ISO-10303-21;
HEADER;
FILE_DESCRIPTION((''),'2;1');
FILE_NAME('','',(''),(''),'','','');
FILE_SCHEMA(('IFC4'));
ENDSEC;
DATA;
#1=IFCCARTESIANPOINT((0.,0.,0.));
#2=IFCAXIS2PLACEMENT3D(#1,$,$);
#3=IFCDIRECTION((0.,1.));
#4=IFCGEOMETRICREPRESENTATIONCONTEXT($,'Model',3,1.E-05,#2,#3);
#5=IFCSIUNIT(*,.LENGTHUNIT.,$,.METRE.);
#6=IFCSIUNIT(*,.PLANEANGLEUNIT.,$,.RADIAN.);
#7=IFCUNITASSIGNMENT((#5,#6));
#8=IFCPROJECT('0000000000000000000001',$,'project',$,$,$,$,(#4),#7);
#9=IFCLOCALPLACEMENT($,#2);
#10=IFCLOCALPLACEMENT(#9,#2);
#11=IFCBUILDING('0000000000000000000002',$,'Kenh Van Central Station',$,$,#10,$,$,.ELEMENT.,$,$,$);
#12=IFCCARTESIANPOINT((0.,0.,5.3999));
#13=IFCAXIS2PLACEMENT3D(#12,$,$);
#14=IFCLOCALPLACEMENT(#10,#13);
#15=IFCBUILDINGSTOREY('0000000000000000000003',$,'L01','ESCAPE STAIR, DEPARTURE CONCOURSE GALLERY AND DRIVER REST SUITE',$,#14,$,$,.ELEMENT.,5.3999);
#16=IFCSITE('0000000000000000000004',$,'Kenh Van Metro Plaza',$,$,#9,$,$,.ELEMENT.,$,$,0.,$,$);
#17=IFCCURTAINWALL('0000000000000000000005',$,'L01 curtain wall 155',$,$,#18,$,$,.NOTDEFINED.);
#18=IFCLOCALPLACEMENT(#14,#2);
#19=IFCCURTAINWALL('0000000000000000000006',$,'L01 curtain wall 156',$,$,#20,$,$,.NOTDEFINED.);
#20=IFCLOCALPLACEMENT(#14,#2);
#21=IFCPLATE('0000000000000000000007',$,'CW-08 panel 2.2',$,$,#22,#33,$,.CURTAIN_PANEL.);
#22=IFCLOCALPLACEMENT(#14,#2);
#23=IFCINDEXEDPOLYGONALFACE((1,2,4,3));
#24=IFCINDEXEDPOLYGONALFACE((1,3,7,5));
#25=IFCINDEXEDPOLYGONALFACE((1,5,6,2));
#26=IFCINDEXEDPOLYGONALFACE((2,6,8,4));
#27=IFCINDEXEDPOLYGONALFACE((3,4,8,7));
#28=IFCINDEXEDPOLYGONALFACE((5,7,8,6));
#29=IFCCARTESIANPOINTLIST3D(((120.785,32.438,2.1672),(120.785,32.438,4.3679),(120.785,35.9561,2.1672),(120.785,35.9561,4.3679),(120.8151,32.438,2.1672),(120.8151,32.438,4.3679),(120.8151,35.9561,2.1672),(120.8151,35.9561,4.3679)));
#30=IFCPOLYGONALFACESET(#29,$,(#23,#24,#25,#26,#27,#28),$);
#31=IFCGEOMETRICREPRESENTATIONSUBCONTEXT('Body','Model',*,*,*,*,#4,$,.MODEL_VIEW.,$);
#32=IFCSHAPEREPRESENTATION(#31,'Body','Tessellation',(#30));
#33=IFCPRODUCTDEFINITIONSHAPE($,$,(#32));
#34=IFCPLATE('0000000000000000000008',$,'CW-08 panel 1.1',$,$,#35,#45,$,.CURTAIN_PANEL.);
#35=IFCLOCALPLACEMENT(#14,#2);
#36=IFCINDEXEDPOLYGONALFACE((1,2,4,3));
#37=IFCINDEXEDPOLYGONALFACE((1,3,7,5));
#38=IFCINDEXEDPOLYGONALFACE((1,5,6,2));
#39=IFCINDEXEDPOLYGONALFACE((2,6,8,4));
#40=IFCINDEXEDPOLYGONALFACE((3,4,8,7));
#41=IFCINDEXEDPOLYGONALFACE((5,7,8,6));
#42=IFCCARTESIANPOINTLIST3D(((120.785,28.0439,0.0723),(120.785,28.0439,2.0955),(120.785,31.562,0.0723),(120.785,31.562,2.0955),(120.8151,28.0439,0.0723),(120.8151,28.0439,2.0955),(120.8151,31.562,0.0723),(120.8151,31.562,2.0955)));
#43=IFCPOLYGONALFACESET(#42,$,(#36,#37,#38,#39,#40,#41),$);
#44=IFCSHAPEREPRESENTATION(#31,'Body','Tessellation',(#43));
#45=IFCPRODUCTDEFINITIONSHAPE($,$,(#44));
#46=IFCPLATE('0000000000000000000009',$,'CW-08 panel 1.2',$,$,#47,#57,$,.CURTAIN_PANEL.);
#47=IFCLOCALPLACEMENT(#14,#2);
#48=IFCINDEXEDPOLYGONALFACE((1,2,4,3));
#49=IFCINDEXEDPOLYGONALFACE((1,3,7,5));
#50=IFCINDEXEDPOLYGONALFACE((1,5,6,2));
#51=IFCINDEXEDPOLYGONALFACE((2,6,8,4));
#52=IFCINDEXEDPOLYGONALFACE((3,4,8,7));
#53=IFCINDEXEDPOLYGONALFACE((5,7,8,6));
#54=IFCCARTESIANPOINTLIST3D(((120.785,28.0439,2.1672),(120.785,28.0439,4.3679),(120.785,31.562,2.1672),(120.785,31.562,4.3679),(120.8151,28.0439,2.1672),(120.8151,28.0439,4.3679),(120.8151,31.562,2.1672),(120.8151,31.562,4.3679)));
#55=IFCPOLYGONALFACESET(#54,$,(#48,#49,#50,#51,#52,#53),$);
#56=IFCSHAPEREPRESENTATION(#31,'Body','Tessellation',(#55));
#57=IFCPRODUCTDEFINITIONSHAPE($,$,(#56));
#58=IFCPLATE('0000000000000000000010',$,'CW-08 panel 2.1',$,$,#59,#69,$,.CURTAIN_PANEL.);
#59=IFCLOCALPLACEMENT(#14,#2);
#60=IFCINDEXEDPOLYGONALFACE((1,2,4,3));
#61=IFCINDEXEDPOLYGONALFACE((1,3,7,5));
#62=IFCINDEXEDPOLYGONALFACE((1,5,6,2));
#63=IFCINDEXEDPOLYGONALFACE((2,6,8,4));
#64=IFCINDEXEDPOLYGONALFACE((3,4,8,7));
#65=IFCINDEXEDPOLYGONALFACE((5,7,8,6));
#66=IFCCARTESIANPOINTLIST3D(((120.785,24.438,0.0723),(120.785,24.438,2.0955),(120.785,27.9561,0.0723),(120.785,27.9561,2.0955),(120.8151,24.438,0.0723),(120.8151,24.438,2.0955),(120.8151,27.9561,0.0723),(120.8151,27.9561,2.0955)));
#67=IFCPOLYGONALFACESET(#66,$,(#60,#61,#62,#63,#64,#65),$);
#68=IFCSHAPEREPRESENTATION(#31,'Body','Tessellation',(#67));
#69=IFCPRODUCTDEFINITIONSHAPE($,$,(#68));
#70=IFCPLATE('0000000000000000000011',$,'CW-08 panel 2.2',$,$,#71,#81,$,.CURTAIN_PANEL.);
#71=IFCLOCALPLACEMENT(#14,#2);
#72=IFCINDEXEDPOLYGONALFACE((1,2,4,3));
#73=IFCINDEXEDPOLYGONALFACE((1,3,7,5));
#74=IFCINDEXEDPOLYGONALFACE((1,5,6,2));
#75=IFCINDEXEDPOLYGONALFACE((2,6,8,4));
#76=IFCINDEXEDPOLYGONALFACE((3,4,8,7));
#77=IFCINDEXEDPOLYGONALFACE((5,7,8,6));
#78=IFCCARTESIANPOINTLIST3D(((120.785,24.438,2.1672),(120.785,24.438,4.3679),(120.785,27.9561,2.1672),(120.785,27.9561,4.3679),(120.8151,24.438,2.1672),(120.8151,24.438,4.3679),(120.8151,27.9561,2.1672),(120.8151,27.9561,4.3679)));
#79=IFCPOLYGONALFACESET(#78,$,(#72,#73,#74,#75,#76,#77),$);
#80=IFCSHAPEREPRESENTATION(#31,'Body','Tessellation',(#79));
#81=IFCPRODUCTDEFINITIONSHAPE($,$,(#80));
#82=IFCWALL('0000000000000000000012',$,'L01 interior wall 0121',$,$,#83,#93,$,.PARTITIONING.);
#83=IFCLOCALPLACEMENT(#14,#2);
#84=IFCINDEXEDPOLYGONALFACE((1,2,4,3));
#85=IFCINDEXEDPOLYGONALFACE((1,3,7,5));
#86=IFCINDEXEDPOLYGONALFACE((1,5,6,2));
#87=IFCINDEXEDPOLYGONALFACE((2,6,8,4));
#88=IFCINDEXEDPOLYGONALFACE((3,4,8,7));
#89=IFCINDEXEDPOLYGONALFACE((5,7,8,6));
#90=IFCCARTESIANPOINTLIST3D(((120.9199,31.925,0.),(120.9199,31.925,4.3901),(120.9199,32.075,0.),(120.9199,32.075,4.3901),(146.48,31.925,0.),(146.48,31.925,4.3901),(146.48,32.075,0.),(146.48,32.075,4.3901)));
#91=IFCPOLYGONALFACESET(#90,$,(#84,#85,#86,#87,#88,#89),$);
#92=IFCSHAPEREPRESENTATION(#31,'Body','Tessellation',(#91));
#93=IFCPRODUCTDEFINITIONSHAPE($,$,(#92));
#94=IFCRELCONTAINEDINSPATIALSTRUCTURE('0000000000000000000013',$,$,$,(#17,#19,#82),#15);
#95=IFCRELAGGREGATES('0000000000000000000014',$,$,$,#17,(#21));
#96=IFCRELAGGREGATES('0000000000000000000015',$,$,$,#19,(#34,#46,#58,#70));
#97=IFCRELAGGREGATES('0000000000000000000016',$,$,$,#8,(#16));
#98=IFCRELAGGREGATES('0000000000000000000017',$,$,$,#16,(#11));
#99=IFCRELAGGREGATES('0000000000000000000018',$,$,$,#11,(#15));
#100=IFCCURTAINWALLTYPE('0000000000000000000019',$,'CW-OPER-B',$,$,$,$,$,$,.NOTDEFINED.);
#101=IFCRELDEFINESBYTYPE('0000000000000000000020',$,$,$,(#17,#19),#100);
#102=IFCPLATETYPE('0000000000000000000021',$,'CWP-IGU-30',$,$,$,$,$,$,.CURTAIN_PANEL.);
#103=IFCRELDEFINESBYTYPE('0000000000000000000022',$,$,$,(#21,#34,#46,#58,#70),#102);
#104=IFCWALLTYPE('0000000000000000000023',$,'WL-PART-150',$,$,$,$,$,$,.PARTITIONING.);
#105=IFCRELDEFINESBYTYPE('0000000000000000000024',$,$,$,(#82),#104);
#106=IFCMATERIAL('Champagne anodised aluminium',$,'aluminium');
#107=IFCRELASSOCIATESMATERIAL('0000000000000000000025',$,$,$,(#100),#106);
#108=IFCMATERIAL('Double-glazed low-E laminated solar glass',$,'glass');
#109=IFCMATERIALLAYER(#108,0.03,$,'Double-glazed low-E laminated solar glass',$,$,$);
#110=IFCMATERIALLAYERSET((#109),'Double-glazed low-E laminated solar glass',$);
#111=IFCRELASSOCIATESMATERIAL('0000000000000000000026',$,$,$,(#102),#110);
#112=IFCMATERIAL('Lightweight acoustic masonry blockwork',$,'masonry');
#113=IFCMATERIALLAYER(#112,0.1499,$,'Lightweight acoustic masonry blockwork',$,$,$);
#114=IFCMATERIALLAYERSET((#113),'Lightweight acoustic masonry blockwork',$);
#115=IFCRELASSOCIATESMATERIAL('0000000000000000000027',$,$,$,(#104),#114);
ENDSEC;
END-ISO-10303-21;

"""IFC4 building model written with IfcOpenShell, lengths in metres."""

from ifc_helpers import new_model, si_unit, direction, frame, frame_2d, origin, origin_2d, place, context, subcontext, project, spatial, rectangle, extrude, material, layer, layer_set, type_object, element, aggregate, save


model = new_model("IFC4")

# Units and contexts
model_context = context("Model", 3, precision=1e-05, world=origin(), true_north=direction((0.0, 1.0)))
body_context = subcontext(model_context, "Body", "Model", "MODEL_VIEW")
ifc_project = project(units=[si_unit("LENGTHUNIT", "METRE"), si_unit("PLANEANGLEUNIT", "RADIAN")], contexts=[model_context])

# Site, building, storey
site_placement = place(None, origin())
site = spatial("IfcSite", under=ifc_project, at=site_placement, Name="Kenh Van Metro Plaza", CompositionType="ELEMENT", RefElevation=0.0)
building_placement = place(site_placement, origin())
building = spatial("IfcBuilding", under=site, at=building_placement, Name="Kenh Van Central Station", CompositionType="ELEMENT")
storey_placement = place(building_placement, frame((0.0, 0.0, 5.3999)))
storey = spatial("IfcBuildingStorey", under=building, at=storey_placement, Name="L01", Description="ESCAPE STAIR, DEPARTURE CONCOURSE GALLERY AND DRIVER REST SUITE", CompositionType="ELEMENT", Elevation=5.3999)

# Curtain wall
ifc_material_1 = material(Name="Champagne anodised aluminium", Category="aluminium")
curtain_wall_type_1 = type_object("IfcCurtainWallType", Name="CW-OPER-B", PredefinedType="NOTDEFINED", material=ifc_material_1)
curtain_wall_1_placement = place(storey_placement, origin())
curtain_wall_1 = element("IfcCurtainWall", 1, at=curtain_wall_1_placement, inside=storey, type_object=curtain_wall_type_1, Name="L01 curtain wall 155", PredefinedType="NOTDEFINED")

# Curtain wall
curtain_wall_2_placement = place(storey_placement, origin())
curtain_wall_2 = element("IfcCurtainWall", 2, at=curtain_wall_2_placement, inside=storey, type_object=curtain_wall_type_1, Name="L01 curtain wall 156", PredefinedType="NOTDEFINED")

# Plates
ifc_material_2 = material(Name="Double-glazed low-E laminated solar glass", Category="glass")
ifc_layer_1 = layer(ifc_material_2, 0.03, Name="Double-glazed low-E laminated solar glass")
ifc_layer_set_1 = layer_set([ifc_layer_1], Name="Double-glazed low-E laminated solar glass")
plate_type_1 = type_object("IfcPlateType", Name="CWP-IGU-30", PredefinedType="CURTAIN_PANEL", material=ifc_layer_set_1)
plate_1_placement = place(storey_placement, frame((120.8, 34.197, 2.1672), z_axis=(0.0, 0.0, 1.0), x_axis=(0.0, -1.0, 0.0)))
plate_1 = element("IfcPlate", 3, at=plate_1_placement, type_object=plate_type_1, Name="CW-08 panel 2.2", PredefinedType="CURTAIN_PANEL", context=body_context, shape_type="SweptSolid", body=[
    extrude(rectangle(XDim=3.5181, YDim=0.03, at=origin_2d()), origin(), (0.0, 0.0, 1.0), 2.2007),
])
aggregate(curtain_wall_1, [plate_1])
plate_2_placement = place(storey_placement, frame((120.8, 29.803, 0.0723), z_axis=(0.0, 0.0, 1.0), x_axis=(0.0, -1.0, 0.0)))
plate_2 = element("IfcPlate", 4, at=plate_2_placement, type_object=plate_type_1, Name="CW-08 panel 1.1", PredefinedType="CURTAIN_PANEL", context=body_context, shape_type="SweptSolid", body=[
    extrude(rectangle(XDim=3.5181, YDim=0.03, at=origin_2d()), origin(), (0.0, 0.0, 1.0), 2.0232),
])
plate_3_placement = place(storey_placement, frame((120.8, 29.803, 2.1672), z_axis=(0.0, 0.0, 1.0), x_axis=(0.0, -1.0, 0.0)))
plate_3 = element("IfcPlate", 5, at=plate_3_placement, type_object=plate_type_1, Name="CW-08 panel 1.2", PredefinedType="CURTAIN_PANEL", context=body_context, shape_type="SweptSolid", body=[
    extrude(rectangle(XDim=3.5181, YDim=0.03, at=origin_2d()), origin(), (0.0, 0.0, 1.0), 2.2007),
])
plate_4_placement = place(storey_placement, frame((120.8, 26.197, 0.0723), z_axis=(0.0, 0.0, 1.0), x_axis=(0.0, -1.0, 0.0)))
plate_4 = element("IfcPlate", 6, at=plate_4_placement, type_object=plate_type_1, Name="CW-08 panel 2.1", PredefinedType="CURTAIN_PANEL", context=body_context, shape_type="SweptSolid", body=[
    extrude(rectangle(XDim=3.5181, YDim=0.03, at=origin_2d()), origin(), (0.0, 0.0, 1.0), 2.0232),
])
plate_5_placement = place(storey_placement, frame((120.8, 26.197, 2.1672), z_axis=(0.0, 0.0, 1.0), x_axis=(0.0, -1.0, 0.0)))
plate_5 = element("IfcPlate", 7, at=plate_5_placement, type_object=plate_type_1, Name="CW-08 panel 2.2", PredefinedType="CURTAIN_PANEL", context=body_context, shape_type="SweptSolid", body=[
    extrude(rectangle(XDim=3.5181, YDim=0.03, at=origin_2d()), origin(), (0.0, 0.0, 1.0), 2.2007),
])
aggregate(curtain_wall_2, [plate_2, plate_3, plate_4, plate_5])

# Wall
ifc_material_3 = material(Name="Lightweight acoustic masonry blockwork", Category="masonry")
ifc_layer_2 = layer(ifc_material_3, 0.1499, Name="Lightweight acoustic masonry blockwork")
ifc_layer_set_2 = layer_set([ifc_layer_2], Name="Lightweight acoustic masonry blockwork")
wall_type = type_object("IfcWallType", Name="WL-PART-150", PredefinedType="PARTITIONING", material=ifc_layer_set_2)
wall_placement = place(storey_placement, frame((120.9199, 32.0, 0.0), z_axis=(0.0, 0.0, 1.0), x_axis=(1.0, 0.0, 0.0)))
element("IfcWall", 8, at=wall_placement, inside=storey, type_object=wall_type, Name="L01 interior wall 0121", PredefinedType="PARTITIONING", context=body_context, shape_type="SweptSolid", body=[
    extrude(rectangle(XDim=25.5601, YDim=0.1499, at=frame_2d((12.78, 0.0))), origin(), (0.0, 0.0, 1.0), 4.3901),
])

save(model, "model.ifc")
